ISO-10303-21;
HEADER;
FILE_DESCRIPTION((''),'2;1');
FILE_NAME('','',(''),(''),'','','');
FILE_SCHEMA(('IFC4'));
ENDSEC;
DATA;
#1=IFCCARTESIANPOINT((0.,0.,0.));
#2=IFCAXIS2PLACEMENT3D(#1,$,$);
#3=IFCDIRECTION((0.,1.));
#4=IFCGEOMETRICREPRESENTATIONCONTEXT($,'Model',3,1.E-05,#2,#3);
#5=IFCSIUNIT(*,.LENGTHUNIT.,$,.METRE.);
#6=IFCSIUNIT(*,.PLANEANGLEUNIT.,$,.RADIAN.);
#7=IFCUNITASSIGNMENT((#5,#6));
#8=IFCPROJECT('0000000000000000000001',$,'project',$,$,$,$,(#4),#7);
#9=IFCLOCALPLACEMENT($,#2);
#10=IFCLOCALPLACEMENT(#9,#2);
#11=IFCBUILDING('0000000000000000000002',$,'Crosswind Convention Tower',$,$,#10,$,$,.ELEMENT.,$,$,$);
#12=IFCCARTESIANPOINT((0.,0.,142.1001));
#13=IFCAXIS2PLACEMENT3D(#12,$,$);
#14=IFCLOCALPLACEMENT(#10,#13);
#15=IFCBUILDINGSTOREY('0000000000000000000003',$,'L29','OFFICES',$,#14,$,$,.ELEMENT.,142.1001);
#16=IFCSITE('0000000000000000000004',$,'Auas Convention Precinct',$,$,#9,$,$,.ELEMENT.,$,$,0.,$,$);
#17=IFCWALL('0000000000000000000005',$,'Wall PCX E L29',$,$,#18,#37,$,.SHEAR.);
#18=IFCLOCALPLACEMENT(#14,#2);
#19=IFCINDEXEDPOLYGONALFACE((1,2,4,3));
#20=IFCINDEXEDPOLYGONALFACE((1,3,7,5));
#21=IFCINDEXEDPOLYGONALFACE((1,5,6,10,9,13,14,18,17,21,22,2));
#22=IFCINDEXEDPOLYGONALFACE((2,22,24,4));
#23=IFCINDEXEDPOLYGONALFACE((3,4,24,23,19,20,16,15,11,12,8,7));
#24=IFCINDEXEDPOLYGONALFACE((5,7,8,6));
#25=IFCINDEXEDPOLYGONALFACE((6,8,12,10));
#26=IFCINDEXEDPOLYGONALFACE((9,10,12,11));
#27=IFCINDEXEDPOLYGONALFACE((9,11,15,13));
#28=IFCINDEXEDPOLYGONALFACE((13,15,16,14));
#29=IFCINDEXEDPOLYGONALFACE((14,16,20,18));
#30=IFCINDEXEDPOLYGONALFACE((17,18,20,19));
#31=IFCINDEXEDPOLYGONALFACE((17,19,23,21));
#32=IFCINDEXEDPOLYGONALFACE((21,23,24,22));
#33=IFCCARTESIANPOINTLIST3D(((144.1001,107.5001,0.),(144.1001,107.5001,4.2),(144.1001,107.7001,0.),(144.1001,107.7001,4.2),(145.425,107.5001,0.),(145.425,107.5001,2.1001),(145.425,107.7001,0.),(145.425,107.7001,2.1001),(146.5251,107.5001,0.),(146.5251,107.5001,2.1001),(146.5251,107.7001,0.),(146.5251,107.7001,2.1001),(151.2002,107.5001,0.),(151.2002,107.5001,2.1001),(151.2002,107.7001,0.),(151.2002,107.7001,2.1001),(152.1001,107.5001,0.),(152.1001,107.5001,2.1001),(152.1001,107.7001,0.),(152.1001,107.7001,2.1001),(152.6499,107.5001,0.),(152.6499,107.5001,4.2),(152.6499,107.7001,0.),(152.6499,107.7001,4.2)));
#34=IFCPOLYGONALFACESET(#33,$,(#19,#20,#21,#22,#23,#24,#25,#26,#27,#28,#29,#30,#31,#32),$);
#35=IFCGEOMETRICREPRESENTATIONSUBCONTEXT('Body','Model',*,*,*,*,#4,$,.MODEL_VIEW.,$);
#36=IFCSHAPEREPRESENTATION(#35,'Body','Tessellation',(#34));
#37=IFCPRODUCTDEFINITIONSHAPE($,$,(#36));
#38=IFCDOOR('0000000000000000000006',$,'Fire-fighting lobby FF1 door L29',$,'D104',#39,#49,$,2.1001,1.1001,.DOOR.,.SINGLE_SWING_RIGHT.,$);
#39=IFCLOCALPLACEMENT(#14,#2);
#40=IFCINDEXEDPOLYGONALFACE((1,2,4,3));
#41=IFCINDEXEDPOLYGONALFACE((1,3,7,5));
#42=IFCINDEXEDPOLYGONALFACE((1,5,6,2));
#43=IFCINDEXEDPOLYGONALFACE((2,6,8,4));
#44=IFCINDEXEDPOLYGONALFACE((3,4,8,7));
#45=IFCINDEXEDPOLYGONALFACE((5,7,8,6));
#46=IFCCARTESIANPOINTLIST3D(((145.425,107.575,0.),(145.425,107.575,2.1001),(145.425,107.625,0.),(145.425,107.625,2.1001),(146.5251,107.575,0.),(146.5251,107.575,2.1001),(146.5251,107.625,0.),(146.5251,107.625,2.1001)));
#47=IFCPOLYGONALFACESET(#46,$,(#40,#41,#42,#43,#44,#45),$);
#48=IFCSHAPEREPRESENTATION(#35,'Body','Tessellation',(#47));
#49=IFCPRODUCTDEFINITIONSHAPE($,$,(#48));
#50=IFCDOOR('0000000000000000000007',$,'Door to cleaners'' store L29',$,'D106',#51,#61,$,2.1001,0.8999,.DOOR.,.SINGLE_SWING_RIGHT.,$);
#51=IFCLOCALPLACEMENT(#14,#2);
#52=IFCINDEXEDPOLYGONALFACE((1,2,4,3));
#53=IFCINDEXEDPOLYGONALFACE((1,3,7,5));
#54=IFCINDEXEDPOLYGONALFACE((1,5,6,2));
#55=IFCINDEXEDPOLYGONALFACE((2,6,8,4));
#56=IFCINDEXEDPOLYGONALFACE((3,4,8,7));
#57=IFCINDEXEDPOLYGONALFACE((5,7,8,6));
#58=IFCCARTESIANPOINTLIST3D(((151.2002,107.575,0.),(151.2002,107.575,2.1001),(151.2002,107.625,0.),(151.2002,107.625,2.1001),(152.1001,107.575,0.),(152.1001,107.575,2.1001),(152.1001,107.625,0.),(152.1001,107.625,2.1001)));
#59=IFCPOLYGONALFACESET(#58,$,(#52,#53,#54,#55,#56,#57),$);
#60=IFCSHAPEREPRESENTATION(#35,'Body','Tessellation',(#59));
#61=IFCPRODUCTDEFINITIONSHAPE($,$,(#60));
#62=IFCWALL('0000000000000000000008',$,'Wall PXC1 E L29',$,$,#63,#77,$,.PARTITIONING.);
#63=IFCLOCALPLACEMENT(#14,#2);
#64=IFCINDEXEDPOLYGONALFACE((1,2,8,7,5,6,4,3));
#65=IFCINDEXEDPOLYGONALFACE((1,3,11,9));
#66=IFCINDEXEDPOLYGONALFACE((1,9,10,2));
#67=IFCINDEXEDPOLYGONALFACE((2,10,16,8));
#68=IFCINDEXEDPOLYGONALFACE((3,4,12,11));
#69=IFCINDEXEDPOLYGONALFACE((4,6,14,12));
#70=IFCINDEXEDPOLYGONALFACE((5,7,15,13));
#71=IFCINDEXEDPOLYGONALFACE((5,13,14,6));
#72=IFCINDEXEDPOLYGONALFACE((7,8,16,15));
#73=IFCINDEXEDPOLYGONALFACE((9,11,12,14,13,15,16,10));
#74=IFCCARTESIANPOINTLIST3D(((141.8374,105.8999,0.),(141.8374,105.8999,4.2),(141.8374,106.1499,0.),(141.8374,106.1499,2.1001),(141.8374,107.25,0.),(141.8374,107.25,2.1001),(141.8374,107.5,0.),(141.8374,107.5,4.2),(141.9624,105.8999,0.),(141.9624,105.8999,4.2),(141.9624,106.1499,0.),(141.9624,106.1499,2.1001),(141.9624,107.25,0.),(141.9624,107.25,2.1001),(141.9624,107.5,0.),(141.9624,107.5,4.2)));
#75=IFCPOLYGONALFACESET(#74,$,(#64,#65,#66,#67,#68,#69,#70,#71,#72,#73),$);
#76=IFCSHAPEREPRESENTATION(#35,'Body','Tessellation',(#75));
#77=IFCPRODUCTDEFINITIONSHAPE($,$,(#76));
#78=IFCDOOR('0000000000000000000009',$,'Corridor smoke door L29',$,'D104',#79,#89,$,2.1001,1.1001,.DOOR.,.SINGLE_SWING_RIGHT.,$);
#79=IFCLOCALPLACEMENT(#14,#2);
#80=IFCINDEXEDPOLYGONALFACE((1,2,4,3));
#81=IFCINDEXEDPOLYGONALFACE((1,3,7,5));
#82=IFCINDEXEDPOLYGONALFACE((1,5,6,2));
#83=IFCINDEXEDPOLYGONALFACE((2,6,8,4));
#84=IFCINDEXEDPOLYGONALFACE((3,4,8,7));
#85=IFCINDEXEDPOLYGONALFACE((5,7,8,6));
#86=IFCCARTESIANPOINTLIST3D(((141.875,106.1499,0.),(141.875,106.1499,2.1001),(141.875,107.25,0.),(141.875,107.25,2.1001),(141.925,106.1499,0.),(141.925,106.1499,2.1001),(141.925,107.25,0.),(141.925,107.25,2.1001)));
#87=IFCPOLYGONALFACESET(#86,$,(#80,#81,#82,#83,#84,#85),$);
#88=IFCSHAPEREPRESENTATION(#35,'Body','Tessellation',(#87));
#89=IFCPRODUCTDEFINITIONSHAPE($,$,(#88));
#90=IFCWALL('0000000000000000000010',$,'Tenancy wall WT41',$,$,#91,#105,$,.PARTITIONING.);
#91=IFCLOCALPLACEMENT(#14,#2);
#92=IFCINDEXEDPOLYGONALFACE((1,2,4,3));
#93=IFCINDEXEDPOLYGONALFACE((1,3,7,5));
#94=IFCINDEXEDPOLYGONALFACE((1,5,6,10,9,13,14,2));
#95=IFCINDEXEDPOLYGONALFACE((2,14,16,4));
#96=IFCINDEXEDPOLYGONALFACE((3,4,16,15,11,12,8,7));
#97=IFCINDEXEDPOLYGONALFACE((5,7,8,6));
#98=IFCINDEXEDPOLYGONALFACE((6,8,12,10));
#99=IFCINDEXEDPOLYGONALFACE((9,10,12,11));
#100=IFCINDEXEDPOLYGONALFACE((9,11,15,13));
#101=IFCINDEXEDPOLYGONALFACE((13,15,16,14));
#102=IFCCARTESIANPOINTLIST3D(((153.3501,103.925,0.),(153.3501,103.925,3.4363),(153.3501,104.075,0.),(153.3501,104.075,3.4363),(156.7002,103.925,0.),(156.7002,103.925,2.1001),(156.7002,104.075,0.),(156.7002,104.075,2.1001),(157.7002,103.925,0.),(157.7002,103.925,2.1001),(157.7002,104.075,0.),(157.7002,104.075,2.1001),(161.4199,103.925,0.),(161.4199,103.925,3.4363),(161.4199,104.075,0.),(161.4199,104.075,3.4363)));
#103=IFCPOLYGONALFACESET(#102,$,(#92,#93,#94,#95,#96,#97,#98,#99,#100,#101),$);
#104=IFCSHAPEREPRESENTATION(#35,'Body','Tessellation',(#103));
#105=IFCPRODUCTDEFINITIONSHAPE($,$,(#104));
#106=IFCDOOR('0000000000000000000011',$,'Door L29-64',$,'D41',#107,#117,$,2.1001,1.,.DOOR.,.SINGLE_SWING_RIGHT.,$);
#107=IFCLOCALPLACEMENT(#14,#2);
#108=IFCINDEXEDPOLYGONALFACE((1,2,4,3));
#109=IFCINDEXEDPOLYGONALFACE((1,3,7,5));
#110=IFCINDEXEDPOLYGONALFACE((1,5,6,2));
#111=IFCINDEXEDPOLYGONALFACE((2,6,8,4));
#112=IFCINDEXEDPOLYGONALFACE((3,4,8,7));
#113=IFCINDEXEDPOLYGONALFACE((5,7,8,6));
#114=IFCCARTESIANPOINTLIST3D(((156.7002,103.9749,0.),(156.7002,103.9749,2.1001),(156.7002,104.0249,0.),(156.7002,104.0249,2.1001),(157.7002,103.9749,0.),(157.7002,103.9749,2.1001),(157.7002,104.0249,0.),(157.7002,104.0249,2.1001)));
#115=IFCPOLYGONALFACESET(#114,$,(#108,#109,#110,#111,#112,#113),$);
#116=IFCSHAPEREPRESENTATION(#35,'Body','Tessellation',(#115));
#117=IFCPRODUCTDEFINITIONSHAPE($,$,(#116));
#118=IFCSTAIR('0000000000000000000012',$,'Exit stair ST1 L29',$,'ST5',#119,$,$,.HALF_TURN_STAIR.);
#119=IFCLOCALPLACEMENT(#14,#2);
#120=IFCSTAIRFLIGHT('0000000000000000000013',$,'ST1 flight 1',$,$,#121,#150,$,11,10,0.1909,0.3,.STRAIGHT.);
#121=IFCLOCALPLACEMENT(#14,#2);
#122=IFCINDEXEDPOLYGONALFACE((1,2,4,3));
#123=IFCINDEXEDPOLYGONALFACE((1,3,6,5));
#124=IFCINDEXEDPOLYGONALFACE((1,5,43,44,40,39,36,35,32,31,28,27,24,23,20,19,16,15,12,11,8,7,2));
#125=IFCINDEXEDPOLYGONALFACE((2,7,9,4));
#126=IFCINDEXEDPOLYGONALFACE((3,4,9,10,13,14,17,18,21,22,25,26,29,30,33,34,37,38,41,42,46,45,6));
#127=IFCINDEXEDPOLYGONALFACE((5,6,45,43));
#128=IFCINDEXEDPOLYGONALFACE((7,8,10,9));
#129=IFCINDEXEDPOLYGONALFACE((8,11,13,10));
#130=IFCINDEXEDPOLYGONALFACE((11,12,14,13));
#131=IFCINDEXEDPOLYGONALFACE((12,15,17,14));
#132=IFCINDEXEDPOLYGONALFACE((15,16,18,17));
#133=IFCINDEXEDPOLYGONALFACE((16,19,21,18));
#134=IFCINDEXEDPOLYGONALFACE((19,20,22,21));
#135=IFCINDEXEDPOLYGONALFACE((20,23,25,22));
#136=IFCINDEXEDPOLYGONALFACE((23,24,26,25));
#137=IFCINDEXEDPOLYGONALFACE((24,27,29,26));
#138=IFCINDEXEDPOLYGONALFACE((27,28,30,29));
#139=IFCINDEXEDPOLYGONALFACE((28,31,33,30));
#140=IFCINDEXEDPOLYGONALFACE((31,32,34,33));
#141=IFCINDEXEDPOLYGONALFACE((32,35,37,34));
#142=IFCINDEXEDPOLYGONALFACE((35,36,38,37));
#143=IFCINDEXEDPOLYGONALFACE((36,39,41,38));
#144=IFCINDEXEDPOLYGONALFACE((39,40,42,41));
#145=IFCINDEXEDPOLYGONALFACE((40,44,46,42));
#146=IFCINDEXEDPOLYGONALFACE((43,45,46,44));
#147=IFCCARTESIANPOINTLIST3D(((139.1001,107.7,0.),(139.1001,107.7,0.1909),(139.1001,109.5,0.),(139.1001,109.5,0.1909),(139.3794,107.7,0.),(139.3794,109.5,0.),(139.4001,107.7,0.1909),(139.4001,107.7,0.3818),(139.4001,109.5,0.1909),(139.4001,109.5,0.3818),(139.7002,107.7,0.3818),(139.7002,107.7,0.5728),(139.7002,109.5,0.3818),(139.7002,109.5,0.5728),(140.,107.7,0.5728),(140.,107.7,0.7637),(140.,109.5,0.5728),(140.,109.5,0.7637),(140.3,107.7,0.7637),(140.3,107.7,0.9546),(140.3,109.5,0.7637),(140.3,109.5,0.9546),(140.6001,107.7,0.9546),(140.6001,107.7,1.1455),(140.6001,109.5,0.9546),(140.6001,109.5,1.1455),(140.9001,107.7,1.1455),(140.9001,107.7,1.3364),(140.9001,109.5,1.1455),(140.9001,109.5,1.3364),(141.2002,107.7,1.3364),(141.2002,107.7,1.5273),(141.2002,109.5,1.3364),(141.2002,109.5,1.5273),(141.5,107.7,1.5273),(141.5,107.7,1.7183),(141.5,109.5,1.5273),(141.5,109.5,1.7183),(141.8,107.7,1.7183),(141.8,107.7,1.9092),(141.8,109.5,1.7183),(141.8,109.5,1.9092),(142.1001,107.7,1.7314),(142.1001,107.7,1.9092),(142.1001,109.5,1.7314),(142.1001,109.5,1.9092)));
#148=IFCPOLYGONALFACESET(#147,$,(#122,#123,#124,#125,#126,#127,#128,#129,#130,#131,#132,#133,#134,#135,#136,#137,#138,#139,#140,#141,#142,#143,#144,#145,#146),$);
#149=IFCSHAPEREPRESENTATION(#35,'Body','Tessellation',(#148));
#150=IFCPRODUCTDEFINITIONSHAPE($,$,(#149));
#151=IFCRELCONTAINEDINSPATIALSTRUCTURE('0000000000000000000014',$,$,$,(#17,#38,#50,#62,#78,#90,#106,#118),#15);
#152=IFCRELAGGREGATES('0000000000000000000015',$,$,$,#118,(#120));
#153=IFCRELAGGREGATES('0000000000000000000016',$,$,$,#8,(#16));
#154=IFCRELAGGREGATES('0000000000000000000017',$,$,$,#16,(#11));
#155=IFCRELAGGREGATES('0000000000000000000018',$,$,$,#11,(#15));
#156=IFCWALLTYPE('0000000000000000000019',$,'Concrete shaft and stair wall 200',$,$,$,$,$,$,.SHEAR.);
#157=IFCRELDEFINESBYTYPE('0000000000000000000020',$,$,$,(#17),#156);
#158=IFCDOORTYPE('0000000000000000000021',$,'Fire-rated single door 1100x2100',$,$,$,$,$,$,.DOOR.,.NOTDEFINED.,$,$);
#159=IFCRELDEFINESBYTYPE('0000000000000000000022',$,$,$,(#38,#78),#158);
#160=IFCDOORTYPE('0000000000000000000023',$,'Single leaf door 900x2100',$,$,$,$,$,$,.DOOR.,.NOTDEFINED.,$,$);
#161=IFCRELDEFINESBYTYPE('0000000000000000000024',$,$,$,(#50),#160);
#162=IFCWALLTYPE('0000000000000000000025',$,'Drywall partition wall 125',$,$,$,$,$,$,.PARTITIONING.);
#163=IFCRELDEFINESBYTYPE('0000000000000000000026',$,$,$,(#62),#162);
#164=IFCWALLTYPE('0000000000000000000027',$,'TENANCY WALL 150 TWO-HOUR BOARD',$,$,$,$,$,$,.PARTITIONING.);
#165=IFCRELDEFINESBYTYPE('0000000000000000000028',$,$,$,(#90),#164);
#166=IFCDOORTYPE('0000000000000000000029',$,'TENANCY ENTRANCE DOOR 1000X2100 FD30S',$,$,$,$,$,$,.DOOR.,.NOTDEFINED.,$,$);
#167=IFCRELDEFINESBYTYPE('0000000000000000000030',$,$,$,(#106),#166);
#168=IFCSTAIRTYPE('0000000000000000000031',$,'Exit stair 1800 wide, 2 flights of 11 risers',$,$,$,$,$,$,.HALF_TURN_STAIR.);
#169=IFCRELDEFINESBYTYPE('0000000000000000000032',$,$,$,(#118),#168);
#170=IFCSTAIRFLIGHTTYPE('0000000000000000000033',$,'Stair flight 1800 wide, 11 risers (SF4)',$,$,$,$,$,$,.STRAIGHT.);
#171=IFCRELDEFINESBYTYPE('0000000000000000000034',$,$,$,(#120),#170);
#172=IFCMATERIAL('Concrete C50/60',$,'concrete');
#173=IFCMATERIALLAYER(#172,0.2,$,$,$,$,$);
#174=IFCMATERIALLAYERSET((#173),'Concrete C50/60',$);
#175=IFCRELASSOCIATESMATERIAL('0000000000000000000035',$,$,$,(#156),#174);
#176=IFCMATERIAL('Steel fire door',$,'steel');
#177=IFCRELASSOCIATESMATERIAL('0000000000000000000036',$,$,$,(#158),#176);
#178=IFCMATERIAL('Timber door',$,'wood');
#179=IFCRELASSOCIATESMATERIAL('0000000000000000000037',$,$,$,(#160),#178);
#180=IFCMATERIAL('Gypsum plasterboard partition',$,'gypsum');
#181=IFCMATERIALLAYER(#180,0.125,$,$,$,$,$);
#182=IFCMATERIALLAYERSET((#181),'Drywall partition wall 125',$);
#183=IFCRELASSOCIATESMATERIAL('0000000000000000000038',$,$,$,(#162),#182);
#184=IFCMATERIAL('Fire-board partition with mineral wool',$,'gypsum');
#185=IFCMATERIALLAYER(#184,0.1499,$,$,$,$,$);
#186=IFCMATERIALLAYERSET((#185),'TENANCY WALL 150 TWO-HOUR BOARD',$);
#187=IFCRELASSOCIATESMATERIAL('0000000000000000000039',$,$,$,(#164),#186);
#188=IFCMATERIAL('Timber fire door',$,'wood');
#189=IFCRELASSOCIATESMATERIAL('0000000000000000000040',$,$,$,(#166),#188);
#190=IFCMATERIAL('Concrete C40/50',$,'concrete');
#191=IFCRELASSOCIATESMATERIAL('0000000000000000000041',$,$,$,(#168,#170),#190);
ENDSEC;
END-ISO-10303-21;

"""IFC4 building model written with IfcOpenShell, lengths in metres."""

from ifc_helpers import new_model, si_unit, direction, frame, frame_2d, origin, place, context, subcontext, project, spatial, polyline, rectangle, outline, extrude, material, layer, layer_set, type_object, element, fill, aggregate, save


model = new_model("IFC4")

# Units and contexts
model_context = context("Model", 3, precision=1e-05, world=origin(), true_north=direction((0.0, 1.0)))
body_context = subcontext(model_context, "Body", "Model", "MODEL_VIEW")
ifc_project = project(units=[si_unit("LENGTHUNIT", "METRE"), si_unit("PLANEANGLEUNIT", "RADIAN")], contexts=[model_context])

# Site, building, storey
site_placement = place(None, origin())
site = spatial("IfcSite", under=ifc_project, at=site_placement, Name="Auas Convention Precinct", CompositionType="ELEMENT", RefElevation=0.0)
building_placement = place(site_placement, origin())
building = spatial("IfcBuilding", under=site, at=building_placement, Name="Crosswind Convention Tower", CompositionType="ELEMENT")
storey_placement = place(building_placement, frame((0.0, 0.0, 142.1001)))
storey = spatial("IfcBuildingStorey", under=building, at=storey_placement, Name="L29", Description="OFFICES", CompositionType="ELEMENT", Elevation=142.1001)

# Shared definitions
ifc_material_1 = material(Name="Concrete C50/60", Category="concrete")
ifc_layer_1 = layer(ifc_material_1, 0.2)
ifc_layer_set_1 = layer_set([ifc_layer_1], Name="Concrete C50/60")
wall_type_1 = type_object("IfcWallType", Name="Concrete shaft and stair wall 200", PredefinedType="SHEAR", material=ifc_layer_set_1)

# Wall, openings, doors
wall_1_placement = place(storey_placement, frame((144.1001, 107.6001, 0.0), z_axis=(0.0, 0.0, 1.0), x_axis=(1.0, 0.0, 0.0)))
wall_1 = element("IfcWall", 1, at=wall_1_placement, inside=storey, type_object=wall_type_1, Name="Wall PCX E L29", PredefinedType="SHEAR", context=body_context, shape_type="SweptSolid", body=[
    extrude(rectangle(XDim=8.5498, YDim=0.2, at=frame_2d((4.2749, 0.0))), origin(), (0.0, 0.0, 1.0), 4.2),
])
opening_1_placement = place(wall_1_placement, frame((1.325, 0.0, 0.0)))
opening_1 = element("IfcOpeningElement", 2, at=opening_1_placement, cuts=wall_1, PredefinedType="OPENING", context=body_context, shape_type="SweptSolid", body=[
    extrude(rectangle(XDim=1.1001, YDim=2.1001, at=frame_2d((0.55, 1.05))), frame((0.0, 0.1099, 0.0), z_axis=(0.0, -1.0, 0.0), x_axis=(1.0, 0.0, 0.0)), (0.0, 0.0, 1.0), 0.22),
])
opening_2_placement = place(wall_1_placement, frame((7.1001, 0.0, 0.0)))
opening_2 = element("IfcOpeningElement", 3, at=opening_2_placement, cuts=wall_1, PredefinedType="OPENING", context=body_context, shape_type="SweptSolid", body=[
    extrude(rectangle(XDim=0.8999, YDim=2.1001, at=frame_2d((0.45, 1.05))), frame((0.0, 0.1099, 0.0), z_axis=(0.0, -1.0, 0.0), x_axis=(1.0, 0.0, 0.0)), (0.0, 0.0, 1.0), 0.22),
])
ifc_material_2 = material(Name="Steel fire door", Category="steel")
door_type_1 = type_object("IfcDoorType", Name="Fire-rated single door 1100x2100", OperationType="NOTDEFINED", PredefinedType="DOOR", material=ifc_material_2)
door_1_placement = place(opening_1_placement, origin())
door_1 = element("IfcDoor", 4, at=door_1_placement, inside=storey, type_object=door_type_1, Name="Fire-fighting lobby FF1 door L29", ObjectType="D104", OperationType="SINGLE_SWING_RIGHT", OverallHeight=2.1001, OverallWidth=1.1001, PredefinedType="DOOR", context=body_context, shape_type="SweptSolid", body=[
    extrude(rectangle(XDim=1.1001, YDim=2.1001, at=frame_2d((0.55, 1.05))), frame((0.0, 0.0249, 0.0), z_axis=(0.0, -1.0, 0.0), x_axis=(1.0, 0.0, 0.0)), (0.0, 0.0, 1.0), 0.05),
])
fill(opening_1, door_1)
ifc_material_3 = material(Name="Timber door", Category="wood")
door_type_2 = type_object("IfcDoorType", Name="Single leaf door 900x2100", OperationType="NOTDEFINED", PredefinedType="DOOR", material=ifc_material_3)
door_2_placement = place(opening_2_placement, origin())
door_2 = element("IfcDoor", 5, at=door_2_placement, inside=storey, type_object=door_type_2, Name="Door to cleaners' store L29", ObjectType="D106", OperationType="SINGLE_SWING_RIGHT", OverallHeight=2.1001, OverallWidth=0.8999, PredefinedType="DOOR", context=body_context, shape_type="SweptSolid", body=[
    extrude(rectangle(XDim=0.8999, YDim=2.1001, at=frame_2d((0.45, 1.05))), frame((0.0, 0.0249, 0.0), z_axis=(0.0, -1.0, 0.0), x_axis=(1.0, 0.0, 0.0)), (0.0, 0.0, 1.0), 0.05),
])
fill(opening_2, door_2)

# Walls, openings, doors
ifc_material_4 = material(Name="Gypsum plasterboard partition", Category="gypsum")
ifc_layer_2 = layer(ifc_material_4, 0.125)
ifc_layer_set_2 = layer_set([ifc_layer_2], Name="Drywall partition wall 125")
wall_type_2 = type_object("IfcWallType", Name="Drywall partition wall 125", PredefinedType="PARTITIONING", material=ifc_layer_set_2)
wall_2_placement = place(storey_placement, frame((141.8999, 105.8999, 0.0), z_axis=(0.0, 0.0, 1.0), x_axis=(0.0, 1.0, 0.0)))
wall_2 = element("IfcWall", 6, at=wall_2_placement, inside=storey, type_object=wall_type_2, Name="Wall PXC1 E L29", PredefinedType="PARTITIONING", context=body_context, shape_type="SweptSolid", body=[
    extrude(rectangle(XDim=1.6001, YDim=0.125, at=frame_2d((0.8, 0.0))), origin(), (0.0, 0.0, 1.0), 4.2),
])
opening_3_placement = place(wall_2_placement, frame((0.25, 0.0, 0.0)))
opening_3 = element("IfcOpeningElement", 7, at=opening_3_placement, cuts=wall_2, PredefinedType="OPENING", context=body_context, shape_type="SweptSolid", body=[
    extrude(rectangle(XDim=1.1001, YDim=2.1001, at=frame_2d((0.55, 1.05))), frame((0.0, 0.0725, 0.0), z_axis=(0.0, -1.0, 0.0), x_axis=(1.0, 0.0, 0.0)), (0.0, 0.0, 1.0), 0.145),
])
door_3_placement = place(opening_3_placement, origin())
door_3 = element("IfcDoor", 8, at=door_3_placement, inside=storey, type_object=door_type_1, Name="Corridor smoke door L29", ObjectType="D104", OperationType="SINGLE_SWING_RIGHT", OverallHeight=2.1001, OverallWidth=1.1001, PredefinedType="DOOR", context=body_context, shape_type="SweptSolid", body=[
    extrude(rectangle(XDim=1.1001, YDim=2.1001, at=frame_2d((0.55, 1.05))), frame((0.0, 0.0249, 0.0), z_axis=(0.0, -1.0, 0.0), x_axis=(1.0, 0.0, 0.0)), (0.0, 0.0, 1.0), 0.05),
])
fill(opening_3, door_3)
ifc_material_5 = material(Name="Fire-board partition with mineral wool", Category="gypsum")
ifc_layer_3 = layer(ifc_material_5, 0.1499)
ifc_layer_set_3 = layer_set([ifc_layer_3], Name="TENANCY WALL 150 TWO-HOUR BOARD")
wall_type_3 = type_object("IfcWallType", Name="TENANCY WALL 150 TWO-HOUR BOARD", PredefinedType="PARTITIONING", material=ifc_layer_set_3)
wall_3_placement = place(storey_placement, frame((153.3501, 104.0, 0.0), z_axis=(0.0, 0.0, 1.0), x_axis=(1.0, 0.0, 0.0)))
wall_3 = element("IfcWall", 9, at=wall_3_placement, inside=storey, type_object=wall_type_3, Name="Tenancy wall WT41", PredefinedType="PARTITIONING", context=body_context, shape_type="SweptSolid", body=[
    extrude(rectangle(XDim=8.0698, YDim=0.1499, at=frame_2d((4.0349, 0.0))), origin(), (0.0, 0.0, 1.0), 3.4363),
])
opening_4_placement = place(wall_3_placement, frame((3.3501, 0.0, 0.0)))
opening_4 = element("IfcOpeningElement", 10, at=opening_4_placement, cuts=wall_3, PredefinedType="OPENING", context=body_context, shape_type="SweptSolid", body=[
    extrude(rectangle(XDim=1.0, YDim=2.1001, at=frame_2d((0.5, 1.05))), frame((0.0, 0.085, 0.0), z_axis=(0.0, -1.0, 0.0), x_axis=(1.0, 0.0, 0.0)), (0.0, 0.0, 1.0), 0.1699),
])
ifc_material_6 = material(Name="Timber fire door", Category="wood")
door_type_3 = type_object("IfcDoorType", Name="TENANCY ENTRANCE DOOR 1000X2100 FD30S", OperationType="NOTDEFINED", PredefinedType="DOOR", material=ifc_material_6)
door_4_placement = place(opening_4_placement, origin())
door_4 = element("IfcDoor", 11, at=door_4_placement, inside=storey, type_object=door_type_3, Name="Door L29-64", ObjectType="D41", OperationType="SINGLE_SWING_RIGHT", OverallHeight=2.1001, OverallWidth=1.0, PredefinedType="DOOR", context=body_context, shape_type="SweptSolid", body=[
    extrude(rectangle(XDim=1.0, YDim=2.1001, at=frame_2d((0.5, 1.05))), frame((0.0, 0.0249, 0.0), z_axis=(0.0, -1.0, 0.0), x_axis=(1.0, 0.0, 0.0)), (0.0, 0.0, 1.0), 0.05),
])
fill(opening_4, door_4)

# Stair, stair flight
ifc_material_7 = material(Name="Concrete C40/50", Category="concrete")
stair_type = type_object("IfcStairType", Name="Exit stair 1800 wide, 2 flights of 11 risers", PredefinedType="HALF_TURN_STAIR", material=ifc_material_7)
stair_placement = place(storey_placement, origin())
stair = element("IfcStair", 12, at=stair_placement, inside=storey, type_object=stair_type, Name="Exit stair ST1 L29", ObjectType="ST5", PredefinedType="HALF_TURN_STAIR")
stair_flight_type = type_object("IfcStairFlightType", Name="Stair flight 1800 wide, 11 risers (SF4)", PredefinedType="STRAIGHT", material=ifc_material_7)
stair_flight_1_placement = place(storey_placement, frame((139.1001, 108.6001, 0.0), z_axis=(0.0, 0.0, 1.0), x_axis=(1.0, 0.0, 0.0)))
stair_flight_1 = element("IfcStairFlight", 13, at=stair_flight_1_placement, type_object=stair_flight_type, Name="ST1 flight 1", NumberOfRisers=11, NumberOfTreads=10, PredefinedType="STRAIGHT", RiserHeight=0.1909, TreadLength=0.3, context=body_context, shape_type="SweptSolid", body=[
    extrude(outline(polyline([(0.0, 0.0), (0.0, 0.1909), (0.3, 0.1909), (0.3, 0.3818), (0.6001, 0.3818), (0.6001, 0.5728), (0.8999, 0.5728), (0.8999, 0.7637), (1.2, 0.7637), (1.2, 0.9546), (1.5, 0.9546), (1.5, 1.1455), (1.8, 1.1455), (1.8, 1.3364), (2.1001, 1.3364), (2.1001, 1.5273), (2.3999, 1.5273), (2.3999, 1.7183), (2.7, 1.7183), (2.7, 1.9092), (3.0, 1.9092), (3.0, 2.1001), (3.0, 1.7314), (0.2793, 0.0), (0.0, 0.0)])), frame((0.0, 0.8999, 0.0), z_axis=(0.0, -1.0, 0.0), x_axis=(1.0, 0.0, 0.0)), (0.0, 0.0, 1.0), 1.8),
])
aggregate(stair, [stair_flight_1])

save(model, "model.ifc")
